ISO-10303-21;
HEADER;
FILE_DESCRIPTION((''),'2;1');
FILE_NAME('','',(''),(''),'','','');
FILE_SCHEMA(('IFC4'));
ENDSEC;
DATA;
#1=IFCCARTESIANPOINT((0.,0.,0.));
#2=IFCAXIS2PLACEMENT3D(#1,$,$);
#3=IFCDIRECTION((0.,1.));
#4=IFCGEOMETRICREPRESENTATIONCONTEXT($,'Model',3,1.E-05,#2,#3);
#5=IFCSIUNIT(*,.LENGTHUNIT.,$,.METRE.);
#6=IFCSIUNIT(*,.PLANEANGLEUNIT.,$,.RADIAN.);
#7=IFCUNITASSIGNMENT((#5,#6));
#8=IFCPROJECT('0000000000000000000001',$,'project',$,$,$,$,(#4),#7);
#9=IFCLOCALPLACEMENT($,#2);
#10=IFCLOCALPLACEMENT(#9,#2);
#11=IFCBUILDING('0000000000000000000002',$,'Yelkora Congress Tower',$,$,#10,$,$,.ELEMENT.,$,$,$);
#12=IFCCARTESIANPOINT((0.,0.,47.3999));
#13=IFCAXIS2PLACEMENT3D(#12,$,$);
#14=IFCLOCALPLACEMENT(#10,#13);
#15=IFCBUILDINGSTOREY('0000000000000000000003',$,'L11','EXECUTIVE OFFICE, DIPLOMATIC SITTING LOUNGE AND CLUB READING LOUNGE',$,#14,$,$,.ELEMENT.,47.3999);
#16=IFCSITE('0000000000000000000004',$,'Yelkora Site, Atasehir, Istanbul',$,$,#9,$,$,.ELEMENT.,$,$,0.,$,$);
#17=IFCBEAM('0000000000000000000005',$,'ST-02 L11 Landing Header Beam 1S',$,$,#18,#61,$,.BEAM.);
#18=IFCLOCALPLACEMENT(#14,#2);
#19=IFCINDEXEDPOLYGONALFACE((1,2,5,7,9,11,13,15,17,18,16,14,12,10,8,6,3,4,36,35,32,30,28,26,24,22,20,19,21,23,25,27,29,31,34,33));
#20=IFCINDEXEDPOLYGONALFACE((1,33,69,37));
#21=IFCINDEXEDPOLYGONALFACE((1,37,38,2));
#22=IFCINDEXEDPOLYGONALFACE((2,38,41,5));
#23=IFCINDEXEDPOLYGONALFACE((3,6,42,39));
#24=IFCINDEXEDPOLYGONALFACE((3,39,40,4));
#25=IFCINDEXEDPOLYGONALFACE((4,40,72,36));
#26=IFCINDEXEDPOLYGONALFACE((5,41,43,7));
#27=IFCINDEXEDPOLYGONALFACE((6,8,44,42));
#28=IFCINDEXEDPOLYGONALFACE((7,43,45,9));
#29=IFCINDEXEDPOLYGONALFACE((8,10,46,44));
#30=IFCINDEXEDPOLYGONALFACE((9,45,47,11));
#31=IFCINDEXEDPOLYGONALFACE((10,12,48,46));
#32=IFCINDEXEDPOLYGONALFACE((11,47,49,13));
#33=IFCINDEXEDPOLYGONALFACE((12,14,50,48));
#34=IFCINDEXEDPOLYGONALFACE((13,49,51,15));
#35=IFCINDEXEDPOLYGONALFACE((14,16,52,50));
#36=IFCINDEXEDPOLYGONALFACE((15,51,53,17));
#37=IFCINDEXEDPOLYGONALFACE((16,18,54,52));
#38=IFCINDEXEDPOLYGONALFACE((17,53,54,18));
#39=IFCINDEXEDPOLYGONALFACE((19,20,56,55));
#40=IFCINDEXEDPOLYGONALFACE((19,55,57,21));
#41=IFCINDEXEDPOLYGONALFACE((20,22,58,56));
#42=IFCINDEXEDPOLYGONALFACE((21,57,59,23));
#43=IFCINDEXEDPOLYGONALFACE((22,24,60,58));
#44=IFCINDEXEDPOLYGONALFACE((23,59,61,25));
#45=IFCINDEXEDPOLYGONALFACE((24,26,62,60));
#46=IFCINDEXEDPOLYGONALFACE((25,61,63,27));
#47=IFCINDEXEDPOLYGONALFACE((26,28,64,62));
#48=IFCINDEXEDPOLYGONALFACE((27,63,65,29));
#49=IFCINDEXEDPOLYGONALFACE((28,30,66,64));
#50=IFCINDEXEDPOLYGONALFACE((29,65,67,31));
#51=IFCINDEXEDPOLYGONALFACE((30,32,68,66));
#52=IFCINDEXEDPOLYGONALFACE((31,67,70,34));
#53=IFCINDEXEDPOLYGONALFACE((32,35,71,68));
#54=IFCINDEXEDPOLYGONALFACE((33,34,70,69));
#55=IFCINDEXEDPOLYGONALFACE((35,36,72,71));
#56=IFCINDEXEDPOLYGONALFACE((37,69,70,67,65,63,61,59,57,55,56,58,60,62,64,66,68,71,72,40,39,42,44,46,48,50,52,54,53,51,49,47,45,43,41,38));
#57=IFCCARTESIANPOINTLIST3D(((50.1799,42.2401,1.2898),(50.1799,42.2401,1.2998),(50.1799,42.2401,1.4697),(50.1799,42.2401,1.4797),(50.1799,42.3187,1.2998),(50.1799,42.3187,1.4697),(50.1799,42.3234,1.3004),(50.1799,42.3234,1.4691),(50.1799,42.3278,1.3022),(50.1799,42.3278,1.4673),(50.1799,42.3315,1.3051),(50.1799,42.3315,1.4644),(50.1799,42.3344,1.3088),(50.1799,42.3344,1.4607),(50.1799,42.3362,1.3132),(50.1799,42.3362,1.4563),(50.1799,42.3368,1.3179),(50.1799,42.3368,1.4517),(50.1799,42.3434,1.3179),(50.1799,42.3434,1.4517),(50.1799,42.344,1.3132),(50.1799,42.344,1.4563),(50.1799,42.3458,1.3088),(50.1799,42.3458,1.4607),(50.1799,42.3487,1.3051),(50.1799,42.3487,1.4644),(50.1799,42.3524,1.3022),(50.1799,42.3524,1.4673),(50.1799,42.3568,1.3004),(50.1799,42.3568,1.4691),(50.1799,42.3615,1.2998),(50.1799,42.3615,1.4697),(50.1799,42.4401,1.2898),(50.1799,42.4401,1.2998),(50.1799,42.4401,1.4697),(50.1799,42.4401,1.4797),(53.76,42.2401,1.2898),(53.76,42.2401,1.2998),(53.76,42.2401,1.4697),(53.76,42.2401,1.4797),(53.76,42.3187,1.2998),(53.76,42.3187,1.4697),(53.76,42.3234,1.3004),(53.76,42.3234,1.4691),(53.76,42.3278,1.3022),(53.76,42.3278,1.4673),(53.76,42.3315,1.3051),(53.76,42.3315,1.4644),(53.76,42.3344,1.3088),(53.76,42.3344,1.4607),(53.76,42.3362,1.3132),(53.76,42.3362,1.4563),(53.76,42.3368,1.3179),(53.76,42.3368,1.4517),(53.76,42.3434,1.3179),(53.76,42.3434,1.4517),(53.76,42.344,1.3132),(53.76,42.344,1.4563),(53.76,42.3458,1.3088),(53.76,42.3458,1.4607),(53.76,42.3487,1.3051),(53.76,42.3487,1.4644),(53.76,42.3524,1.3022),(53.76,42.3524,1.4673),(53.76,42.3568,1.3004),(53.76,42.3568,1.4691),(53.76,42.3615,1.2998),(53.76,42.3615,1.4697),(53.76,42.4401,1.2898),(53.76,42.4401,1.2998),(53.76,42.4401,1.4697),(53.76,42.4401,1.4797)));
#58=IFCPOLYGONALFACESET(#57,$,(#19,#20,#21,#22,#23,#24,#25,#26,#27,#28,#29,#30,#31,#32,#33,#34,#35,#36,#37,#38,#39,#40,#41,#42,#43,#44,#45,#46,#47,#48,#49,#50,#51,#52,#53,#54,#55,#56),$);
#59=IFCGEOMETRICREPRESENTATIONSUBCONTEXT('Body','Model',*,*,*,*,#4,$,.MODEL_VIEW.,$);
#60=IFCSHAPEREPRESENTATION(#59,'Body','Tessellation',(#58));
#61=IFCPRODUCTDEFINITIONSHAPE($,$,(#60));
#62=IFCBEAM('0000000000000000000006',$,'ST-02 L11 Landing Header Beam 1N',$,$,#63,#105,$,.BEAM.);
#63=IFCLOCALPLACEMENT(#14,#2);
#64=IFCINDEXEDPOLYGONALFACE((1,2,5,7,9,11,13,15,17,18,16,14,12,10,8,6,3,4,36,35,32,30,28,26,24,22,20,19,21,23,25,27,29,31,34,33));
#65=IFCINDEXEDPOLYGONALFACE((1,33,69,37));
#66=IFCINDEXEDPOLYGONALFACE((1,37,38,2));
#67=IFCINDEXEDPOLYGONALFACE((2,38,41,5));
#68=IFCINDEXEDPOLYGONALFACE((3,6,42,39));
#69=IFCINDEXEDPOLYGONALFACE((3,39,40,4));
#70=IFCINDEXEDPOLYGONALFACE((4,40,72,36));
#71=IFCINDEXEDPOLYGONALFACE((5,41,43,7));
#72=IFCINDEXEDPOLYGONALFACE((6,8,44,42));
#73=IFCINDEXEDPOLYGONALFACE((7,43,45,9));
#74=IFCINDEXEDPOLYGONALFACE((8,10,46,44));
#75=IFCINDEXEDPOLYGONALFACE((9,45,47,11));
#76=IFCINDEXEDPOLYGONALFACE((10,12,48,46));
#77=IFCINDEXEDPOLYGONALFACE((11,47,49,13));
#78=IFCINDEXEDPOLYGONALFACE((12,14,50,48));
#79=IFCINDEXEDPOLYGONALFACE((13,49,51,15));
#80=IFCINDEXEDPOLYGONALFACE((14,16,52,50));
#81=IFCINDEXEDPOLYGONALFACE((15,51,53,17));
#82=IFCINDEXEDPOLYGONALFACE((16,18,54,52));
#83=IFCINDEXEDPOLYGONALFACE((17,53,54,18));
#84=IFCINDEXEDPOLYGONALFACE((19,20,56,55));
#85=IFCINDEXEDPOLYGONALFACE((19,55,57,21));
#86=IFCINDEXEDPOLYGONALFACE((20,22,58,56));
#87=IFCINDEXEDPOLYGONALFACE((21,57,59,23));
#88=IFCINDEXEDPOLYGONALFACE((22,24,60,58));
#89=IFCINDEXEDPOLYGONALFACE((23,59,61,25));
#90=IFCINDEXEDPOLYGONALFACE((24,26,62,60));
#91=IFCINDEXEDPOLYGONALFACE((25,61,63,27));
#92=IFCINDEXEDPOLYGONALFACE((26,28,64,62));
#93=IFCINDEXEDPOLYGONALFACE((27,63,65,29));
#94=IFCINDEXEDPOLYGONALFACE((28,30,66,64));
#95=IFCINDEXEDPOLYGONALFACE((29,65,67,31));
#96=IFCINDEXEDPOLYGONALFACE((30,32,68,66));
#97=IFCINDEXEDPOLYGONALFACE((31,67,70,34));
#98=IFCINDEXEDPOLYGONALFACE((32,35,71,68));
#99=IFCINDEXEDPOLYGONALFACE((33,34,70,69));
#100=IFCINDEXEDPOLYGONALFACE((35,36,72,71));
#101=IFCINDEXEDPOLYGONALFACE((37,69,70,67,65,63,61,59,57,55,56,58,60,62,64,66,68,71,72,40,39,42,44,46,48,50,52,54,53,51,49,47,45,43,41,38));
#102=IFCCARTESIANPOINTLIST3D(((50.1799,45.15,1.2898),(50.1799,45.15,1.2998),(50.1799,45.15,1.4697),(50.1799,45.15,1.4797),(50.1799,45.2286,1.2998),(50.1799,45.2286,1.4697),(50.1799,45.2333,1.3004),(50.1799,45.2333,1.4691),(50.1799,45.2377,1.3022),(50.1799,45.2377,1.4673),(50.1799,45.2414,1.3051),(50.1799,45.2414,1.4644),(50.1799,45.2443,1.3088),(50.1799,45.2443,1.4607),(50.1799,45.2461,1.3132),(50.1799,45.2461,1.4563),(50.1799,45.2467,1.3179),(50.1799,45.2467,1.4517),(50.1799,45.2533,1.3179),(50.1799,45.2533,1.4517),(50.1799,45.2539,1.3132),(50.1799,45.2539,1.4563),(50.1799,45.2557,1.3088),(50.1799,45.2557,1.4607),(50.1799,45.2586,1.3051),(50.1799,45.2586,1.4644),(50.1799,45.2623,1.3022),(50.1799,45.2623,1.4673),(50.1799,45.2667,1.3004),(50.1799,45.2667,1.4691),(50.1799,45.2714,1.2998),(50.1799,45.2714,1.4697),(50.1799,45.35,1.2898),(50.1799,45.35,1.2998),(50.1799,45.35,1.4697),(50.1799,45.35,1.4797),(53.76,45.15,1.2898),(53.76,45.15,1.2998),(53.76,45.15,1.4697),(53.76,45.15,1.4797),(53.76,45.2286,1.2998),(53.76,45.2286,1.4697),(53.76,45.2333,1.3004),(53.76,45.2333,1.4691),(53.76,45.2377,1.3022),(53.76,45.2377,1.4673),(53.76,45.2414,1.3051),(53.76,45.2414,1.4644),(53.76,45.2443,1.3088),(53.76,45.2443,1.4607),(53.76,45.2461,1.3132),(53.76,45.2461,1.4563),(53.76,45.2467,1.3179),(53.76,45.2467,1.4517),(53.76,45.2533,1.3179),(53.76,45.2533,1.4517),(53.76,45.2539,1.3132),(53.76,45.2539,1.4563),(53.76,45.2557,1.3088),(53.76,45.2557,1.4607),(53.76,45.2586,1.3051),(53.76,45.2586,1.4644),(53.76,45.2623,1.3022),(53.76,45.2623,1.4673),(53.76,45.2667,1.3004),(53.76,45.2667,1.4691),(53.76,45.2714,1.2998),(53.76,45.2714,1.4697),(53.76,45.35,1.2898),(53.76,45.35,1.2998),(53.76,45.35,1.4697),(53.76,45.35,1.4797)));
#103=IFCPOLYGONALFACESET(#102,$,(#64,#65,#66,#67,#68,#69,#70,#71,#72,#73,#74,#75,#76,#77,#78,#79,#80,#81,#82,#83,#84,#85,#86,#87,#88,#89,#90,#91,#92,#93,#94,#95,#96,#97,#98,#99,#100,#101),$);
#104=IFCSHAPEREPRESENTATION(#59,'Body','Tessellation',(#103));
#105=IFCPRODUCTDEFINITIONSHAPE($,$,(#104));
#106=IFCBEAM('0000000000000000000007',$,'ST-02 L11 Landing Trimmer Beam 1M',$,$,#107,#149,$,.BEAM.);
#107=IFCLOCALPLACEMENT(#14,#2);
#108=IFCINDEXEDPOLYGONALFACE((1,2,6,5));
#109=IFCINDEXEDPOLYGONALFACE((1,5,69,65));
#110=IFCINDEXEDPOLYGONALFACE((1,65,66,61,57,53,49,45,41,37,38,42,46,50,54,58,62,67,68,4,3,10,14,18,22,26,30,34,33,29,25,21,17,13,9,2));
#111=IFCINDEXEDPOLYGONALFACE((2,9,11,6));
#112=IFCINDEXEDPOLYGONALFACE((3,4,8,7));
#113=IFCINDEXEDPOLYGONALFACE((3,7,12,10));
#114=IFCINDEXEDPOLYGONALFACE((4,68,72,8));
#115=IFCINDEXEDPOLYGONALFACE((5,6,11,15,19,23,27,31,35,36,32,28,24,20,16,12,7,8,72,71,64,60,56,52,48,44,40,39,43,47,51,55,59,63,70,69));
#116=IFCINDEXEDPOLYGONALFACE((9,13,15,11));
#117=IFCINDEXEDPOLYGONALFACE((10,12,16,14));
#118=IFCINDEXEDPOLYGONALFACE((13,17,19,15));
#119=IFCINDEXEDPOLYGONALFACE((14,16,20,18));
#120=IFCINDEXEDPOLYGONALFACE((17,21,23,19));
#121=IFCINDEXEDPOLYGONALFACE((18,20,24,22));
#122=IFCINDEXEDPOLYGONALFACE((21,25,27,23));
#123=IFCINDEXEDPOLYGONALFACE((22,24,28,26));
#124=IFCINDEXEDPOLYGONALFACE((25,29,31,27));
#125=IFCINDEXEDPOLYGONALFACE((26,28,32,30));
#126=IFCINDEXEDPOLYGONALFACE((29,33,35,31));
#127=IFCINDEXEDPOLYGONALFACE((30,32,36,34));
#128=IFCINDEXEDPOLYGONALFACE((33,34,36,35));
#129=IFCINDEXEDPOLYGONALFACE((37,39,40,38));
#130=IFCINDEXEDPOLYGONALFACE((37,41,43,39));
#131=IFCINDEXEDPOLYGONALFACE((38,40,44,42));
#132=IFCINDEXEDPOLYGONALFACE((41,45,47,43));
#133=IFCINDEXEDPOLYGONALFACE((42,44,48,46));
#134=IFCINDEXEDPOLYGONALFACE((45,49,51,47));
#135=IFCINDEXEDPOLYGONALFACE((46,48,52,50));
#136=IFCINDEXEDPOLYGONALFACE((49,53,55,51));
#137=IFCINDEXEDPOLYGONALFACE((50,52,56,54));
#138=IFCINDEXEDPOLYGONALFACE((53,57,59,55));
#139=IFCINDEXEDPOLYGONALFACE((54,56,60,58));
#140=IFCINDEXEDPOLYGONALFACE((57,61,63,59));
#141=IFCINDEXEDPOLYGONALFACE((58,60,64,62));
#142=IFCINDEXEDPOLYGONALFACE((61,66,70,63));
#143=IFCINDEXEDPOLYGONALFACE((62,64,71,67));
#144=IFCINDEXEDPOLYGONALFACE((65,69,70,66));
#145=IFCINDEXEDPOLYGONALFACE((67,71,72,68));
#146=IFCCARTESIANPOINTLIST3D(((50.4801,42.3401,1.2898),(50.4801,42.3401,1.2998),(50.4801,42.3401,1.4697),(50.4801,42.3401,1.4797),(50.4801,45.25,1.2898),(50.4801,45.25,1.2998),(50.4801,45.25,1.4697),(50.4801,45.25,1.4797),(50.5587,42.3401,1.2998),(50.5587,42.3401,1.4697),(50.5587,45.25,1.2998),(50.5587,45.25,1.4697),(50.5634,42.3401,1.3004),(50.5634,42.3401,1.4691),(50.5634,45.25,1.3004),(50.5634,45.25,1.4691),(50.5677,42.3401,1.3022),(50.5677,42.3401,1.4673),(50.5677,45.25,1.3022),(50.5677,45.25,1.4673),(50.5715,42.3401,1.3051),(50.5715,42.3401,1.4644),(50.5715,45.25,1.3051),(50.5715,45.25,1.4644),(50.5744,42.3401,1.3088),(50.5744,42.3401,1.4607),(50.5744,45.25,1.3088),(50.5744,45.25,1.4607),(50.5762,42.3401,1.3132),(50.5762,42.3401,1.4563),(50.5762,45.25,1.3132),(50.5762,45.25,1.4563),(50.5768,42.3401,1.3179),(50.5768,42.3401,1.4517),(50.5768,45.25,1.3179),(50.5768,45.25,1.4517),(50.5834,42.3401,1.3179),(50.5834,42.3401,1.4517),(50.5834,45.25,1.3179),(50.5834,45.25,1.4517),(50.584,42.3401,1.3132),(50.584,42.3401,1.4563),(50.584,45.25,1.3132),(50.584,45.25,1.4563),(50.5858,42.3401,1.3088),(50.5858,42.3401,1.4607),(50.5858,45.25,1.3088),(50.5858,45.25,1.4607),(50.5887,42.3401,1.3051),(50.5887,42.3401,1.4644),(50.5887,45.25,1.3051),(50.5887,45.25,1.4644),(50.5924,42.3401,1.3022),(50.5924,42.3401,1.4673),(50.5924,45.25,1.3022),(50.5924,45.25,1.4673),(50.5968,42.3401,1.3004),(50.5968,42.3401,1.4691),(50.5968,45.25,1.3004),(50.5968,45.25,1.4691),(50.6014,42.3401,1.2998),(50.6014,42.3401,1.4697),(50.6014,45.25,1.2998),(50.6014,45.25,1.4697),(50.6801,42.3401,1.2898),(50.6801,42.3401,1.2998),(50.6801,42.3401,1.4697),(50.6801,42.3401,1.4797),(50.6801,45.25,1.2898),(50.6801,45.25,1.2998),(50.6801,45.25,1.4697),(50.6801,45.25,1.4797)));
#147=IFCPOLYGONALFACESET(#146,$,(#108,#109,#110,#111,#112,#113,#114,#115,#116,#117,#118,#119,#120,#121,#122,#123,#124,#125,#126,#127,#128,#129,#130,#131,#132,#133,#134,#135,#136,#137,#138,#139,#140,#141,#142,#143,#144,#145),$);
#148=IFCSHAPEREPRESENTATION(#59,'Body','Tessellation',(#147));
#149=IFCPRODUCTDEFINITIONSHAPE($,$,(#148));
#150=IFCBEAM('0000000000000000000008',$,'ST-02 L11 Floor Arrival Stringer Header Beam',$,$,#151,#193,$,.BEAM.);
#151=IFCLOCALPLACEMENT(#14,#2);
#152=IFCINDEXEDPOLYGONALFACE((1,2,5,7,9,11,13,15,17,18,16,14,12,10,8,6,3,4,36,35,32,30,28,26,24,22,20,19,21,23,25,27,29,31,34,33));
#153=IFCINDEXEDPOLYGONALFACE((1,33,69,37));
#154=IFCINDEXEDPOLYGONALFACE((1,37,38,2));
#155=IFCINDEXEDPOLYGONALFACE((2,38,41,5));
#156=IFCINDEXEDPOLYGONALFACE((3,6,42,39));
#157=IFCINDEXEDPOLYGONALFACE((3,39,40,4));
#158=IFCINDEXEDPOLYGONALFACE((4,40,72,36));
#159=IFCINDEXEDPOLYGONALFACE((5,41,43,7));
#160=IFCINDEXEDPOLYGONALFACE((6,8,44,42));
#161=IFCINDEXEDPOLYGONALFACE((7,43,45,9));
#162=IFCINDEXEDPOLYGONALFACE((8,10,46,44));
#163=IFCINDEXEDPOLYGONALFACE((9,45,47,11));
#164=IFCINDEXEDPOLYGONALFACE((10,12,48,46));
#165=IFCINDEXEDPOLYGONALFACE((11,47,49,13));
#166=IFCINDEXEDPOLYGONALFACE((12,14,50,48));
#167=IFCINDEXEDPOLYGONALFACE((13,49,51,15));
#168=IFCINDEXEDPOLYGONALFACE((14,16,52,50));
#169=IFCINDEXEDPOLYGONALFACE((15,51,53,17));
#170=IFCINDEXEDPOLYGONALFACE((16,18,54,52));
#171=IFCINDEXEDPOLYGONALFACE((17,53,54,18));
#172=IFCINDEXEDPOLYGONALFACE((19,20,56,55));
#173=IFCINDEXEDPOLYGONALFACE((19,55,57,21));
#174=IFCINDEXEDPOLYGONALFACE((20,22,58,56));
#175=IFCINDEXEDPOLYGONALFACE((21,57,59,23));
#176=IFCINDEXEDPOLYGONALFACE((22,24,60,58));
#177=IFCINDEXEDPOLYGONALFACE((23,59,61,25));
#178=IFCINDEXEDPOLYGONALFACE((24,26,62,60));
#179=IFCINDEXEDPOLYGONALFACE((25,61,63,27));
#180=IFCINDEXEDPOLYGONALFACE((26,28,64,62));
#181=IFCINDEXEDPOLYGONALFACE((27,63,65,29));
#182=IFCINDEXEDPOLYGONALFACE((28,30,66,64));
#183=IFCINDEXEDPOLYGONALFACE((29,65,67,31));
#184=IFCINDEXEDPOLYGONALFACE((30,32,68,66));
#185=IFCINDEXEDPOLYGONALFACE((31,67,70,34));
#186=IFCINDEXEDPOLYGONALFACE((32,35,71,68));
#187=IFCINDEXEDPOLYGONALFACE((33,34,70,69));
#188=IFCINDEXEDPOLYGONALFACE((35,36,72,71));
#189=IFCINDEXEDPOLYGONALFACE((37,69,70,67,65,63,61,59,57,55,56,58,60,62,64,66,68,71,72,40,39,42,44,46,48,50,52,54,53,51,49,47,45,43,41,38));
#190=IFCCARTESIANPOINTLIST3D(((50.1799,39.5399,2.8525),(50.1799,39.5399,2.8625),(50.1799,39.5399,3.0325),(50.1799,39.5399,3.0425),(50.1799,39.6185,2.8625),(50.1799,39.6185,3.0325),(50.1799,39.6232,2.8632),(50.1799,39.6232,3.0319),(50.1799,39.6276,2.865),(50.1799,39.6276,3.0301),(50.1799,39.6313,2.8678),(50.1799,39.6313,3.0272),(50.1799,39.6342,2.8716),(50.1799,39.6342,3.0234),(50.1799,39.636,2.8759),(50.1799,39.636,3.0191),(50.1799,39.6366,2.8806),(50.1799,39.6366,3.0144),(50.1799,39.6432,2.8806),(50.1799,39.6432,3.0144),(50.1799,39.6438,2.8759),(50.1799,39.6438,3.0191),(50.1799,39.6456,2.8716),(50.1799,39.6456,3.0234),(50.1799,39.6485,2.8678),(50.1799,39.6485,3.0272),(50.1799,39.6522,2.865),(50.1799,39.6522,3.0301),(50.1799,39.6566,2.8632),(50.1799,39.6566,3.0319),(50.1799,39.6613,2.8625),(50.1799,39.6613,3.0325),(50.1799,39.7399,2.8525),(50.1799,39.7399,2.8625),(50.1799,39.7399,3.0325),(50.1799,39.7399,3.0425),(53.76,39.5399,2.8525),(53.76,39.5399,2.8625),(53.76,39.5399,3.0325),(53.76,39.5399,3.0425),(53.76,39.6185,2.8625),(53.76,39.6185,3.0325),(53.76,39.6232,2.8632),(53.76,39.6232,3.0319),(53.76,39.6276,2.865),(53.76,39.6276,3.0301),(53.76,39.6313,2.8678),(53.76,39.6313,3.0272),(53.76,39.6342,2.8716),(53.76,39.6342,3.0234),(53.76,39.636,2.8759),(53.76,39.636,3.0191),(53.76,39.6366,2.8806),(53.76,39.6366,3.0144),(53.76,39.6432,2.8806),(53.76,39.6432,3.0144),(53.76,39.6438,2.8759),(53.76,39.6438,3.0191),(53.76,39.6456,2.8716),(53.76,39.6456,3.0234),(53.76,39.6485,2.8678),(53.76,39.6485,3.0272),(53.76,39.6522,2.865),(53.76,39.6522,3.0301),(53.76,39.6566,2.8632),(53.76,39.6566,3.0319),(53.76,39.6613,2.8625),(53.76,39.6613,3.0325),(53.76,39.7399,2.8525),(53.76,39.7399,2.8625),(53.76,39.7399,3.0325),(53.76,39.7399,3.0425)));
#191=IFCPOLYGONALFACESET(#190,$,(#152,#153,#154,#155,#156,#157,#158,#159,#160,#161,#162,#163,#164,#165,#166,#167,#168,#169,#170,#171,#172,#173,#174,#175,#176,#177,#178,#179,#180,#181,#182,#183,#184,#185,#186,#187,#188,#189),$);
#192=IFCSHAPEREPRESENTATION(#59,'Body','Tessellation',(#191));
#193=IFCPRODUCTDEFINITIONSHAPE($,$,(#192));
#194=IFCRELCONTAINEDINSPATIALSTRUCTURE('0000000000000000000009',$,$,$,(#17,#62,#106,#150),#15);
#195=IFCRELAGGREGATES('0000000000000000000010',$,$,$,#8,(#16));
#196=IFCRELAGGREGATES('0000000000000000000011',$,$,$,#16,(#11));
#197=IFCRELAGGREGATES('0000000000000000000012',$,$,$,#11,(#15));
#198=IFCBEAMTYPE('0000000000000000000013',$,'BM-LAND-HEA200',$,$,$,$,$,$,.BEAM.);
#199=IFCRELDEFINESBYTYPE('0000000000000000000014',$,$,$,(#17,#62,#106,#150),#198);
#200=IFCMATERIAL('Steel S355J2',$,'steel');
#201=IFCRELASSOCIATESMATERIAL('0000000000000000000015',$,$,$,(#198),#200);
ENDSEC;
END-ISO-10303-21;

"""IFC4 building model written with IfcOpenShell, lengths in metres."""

from ifc_helpers import new_model, si_unit, direction, frame, origin, origin_2d, place, context, subcontext, project, spatial, i_section, extrude, material, material_profile, profile_set, type_object, element, save


model = new_model("IFC4")

# Units and contexts
model_context = context("Model", 3, precision=1e-05, world=origin(), true_north=direction((0.0, 1.0)))
body_context = subcontext(model_context, "Body", "Model", "MODEL_VIEW")
ifc_project = project(units=[si_unit("LENGTHUNIT", "METRE"), si_unit("PLANEANGLEUNIT", "RADIAN")], contexts=[model_context])

# Site, building, storey
site_placement = place(None, origin())
site = spatial("IfcSite", under=ifc_project, at=site_placement, Name="Yelkora Site, Atasehir, Istanbul", CompositionType="ELEMENT", RefElevation=0.0)
building_placement = place(site_placement, origin())
building = spatial("IfcBuilding", under=site, at=building_placement, Name="Yelkora Congress Tower", CompositionType="ELEMENT")
storey_placement = place(building_placement, frame((0.0, 0.0, 47.3999)))
storey = spatial("IfcBuildingStorey", under=building, at=storey_placement, Name="L11", Description="EXECUTIVE OFFICE, DIPLOMATIC SITTING LOUNGE AND CLUB READING LOUNGE", CompositionType="ELEMENT", Elevation=47.3999)

# Beams
ifc_material_1 = material(Name="Steel S355J2", Category="steel")
ifc_material_profile = material_profile(ifc_material_1, i_section(OverallWidth=0.2, OverallDepth=0.1899, WebThickness=0.0066, FlangeThickness=0.01, FilletRadius=0.0181, at=origin_2d()), Name="HEA 200")
ifc_profile_set = profile_set([ifc_material_profile], Name="Steel S355J2")
beam_type = type_object("IfcBeamType", Name="BM-LAND-HEA200", PredefinedType="BEAM", material=ifc_profile_set)
for number, where, z_axis, x_axis, name in (
    (1, (50.1799, 42.3401, 1.3848), (1.0, 0.0, 0.0), (0.0, 1.0, 0.0), "ST-02 L11 Landing Header Beam 1S"),
    (2, (50.1799, 45.25, 1.3848), (1.0, 0.0, 0.0), (0.0, 1.0, 0.0), "ST-02 L11 Landing Header Beam 1N"),
):
    element("IfcBeam", number, at=place(storey_placement, frame(where, z_axis=z_axis, x_axis=x_axis)), inside=storey, type_object=beam_type, Name=name, PredefinedType="BEAM", context=body_context, shape_type="SweptSolid", body=[
        extrude(i_section(OverallWidth=0.2, OverallDepth=0.1899, WebThickness=0.0066, FlangeThickness=0.01, FilletRadius=0.0181, at=origin_2d()), origin(), (0.0, 0.0, 1.0), 3.5801),
    ])
beam_1_placement = place(storey_placement, frame((50.5801, 42.3401, 1.3848), z_axis=(0.0, 1.0, 0.0), x_axis=(-1.0, 0.0, 0.0)))
element("IfcBeam", 3, at=beam_1_placement, inside=storey, type_object=beam_type, Name="ST-02 L11 Landing Trimmer Beam 1M", PredefinedType="BEAM", context=body_context, shape_type="SweptSolid", body=[
    extrude(i_section(OverallWidth=0.2, OverallDepth=0.1899, WebThickness=0.0066, FlangeThickness=0.01, FilletRadius=0.0181, at=origin_2d()), origin(), (0.0, 0.0, 1.0), 2.9099),
])
beam_2_placement = place(storey_placement, frame((50.1799, 39.6399, 2.9475), z_axis=(1.0, 0.0, 0.0), x_axis=(0.0, 1.0, 0.0)))
element("IfcBeam", 4, at=beam_2_placement, inside=storey, type_object=beam_type, Name="ST-02 L11 Floor Arrival Stringer Header Beam", PredefinedType="BEAM", context=body_context, shape_type="SweptSolid", body=[
    extrude(i_section(OverallWidth=0.2, OverallDepth=0.1899, WebThickness=0.0066, FlangeThickness=0.01, FilletRadius=0.0181, at=origin_2d()), origin(), (0.0, 0.0, 1.0), 3.5801),
])

save(model, "model.ifc")
